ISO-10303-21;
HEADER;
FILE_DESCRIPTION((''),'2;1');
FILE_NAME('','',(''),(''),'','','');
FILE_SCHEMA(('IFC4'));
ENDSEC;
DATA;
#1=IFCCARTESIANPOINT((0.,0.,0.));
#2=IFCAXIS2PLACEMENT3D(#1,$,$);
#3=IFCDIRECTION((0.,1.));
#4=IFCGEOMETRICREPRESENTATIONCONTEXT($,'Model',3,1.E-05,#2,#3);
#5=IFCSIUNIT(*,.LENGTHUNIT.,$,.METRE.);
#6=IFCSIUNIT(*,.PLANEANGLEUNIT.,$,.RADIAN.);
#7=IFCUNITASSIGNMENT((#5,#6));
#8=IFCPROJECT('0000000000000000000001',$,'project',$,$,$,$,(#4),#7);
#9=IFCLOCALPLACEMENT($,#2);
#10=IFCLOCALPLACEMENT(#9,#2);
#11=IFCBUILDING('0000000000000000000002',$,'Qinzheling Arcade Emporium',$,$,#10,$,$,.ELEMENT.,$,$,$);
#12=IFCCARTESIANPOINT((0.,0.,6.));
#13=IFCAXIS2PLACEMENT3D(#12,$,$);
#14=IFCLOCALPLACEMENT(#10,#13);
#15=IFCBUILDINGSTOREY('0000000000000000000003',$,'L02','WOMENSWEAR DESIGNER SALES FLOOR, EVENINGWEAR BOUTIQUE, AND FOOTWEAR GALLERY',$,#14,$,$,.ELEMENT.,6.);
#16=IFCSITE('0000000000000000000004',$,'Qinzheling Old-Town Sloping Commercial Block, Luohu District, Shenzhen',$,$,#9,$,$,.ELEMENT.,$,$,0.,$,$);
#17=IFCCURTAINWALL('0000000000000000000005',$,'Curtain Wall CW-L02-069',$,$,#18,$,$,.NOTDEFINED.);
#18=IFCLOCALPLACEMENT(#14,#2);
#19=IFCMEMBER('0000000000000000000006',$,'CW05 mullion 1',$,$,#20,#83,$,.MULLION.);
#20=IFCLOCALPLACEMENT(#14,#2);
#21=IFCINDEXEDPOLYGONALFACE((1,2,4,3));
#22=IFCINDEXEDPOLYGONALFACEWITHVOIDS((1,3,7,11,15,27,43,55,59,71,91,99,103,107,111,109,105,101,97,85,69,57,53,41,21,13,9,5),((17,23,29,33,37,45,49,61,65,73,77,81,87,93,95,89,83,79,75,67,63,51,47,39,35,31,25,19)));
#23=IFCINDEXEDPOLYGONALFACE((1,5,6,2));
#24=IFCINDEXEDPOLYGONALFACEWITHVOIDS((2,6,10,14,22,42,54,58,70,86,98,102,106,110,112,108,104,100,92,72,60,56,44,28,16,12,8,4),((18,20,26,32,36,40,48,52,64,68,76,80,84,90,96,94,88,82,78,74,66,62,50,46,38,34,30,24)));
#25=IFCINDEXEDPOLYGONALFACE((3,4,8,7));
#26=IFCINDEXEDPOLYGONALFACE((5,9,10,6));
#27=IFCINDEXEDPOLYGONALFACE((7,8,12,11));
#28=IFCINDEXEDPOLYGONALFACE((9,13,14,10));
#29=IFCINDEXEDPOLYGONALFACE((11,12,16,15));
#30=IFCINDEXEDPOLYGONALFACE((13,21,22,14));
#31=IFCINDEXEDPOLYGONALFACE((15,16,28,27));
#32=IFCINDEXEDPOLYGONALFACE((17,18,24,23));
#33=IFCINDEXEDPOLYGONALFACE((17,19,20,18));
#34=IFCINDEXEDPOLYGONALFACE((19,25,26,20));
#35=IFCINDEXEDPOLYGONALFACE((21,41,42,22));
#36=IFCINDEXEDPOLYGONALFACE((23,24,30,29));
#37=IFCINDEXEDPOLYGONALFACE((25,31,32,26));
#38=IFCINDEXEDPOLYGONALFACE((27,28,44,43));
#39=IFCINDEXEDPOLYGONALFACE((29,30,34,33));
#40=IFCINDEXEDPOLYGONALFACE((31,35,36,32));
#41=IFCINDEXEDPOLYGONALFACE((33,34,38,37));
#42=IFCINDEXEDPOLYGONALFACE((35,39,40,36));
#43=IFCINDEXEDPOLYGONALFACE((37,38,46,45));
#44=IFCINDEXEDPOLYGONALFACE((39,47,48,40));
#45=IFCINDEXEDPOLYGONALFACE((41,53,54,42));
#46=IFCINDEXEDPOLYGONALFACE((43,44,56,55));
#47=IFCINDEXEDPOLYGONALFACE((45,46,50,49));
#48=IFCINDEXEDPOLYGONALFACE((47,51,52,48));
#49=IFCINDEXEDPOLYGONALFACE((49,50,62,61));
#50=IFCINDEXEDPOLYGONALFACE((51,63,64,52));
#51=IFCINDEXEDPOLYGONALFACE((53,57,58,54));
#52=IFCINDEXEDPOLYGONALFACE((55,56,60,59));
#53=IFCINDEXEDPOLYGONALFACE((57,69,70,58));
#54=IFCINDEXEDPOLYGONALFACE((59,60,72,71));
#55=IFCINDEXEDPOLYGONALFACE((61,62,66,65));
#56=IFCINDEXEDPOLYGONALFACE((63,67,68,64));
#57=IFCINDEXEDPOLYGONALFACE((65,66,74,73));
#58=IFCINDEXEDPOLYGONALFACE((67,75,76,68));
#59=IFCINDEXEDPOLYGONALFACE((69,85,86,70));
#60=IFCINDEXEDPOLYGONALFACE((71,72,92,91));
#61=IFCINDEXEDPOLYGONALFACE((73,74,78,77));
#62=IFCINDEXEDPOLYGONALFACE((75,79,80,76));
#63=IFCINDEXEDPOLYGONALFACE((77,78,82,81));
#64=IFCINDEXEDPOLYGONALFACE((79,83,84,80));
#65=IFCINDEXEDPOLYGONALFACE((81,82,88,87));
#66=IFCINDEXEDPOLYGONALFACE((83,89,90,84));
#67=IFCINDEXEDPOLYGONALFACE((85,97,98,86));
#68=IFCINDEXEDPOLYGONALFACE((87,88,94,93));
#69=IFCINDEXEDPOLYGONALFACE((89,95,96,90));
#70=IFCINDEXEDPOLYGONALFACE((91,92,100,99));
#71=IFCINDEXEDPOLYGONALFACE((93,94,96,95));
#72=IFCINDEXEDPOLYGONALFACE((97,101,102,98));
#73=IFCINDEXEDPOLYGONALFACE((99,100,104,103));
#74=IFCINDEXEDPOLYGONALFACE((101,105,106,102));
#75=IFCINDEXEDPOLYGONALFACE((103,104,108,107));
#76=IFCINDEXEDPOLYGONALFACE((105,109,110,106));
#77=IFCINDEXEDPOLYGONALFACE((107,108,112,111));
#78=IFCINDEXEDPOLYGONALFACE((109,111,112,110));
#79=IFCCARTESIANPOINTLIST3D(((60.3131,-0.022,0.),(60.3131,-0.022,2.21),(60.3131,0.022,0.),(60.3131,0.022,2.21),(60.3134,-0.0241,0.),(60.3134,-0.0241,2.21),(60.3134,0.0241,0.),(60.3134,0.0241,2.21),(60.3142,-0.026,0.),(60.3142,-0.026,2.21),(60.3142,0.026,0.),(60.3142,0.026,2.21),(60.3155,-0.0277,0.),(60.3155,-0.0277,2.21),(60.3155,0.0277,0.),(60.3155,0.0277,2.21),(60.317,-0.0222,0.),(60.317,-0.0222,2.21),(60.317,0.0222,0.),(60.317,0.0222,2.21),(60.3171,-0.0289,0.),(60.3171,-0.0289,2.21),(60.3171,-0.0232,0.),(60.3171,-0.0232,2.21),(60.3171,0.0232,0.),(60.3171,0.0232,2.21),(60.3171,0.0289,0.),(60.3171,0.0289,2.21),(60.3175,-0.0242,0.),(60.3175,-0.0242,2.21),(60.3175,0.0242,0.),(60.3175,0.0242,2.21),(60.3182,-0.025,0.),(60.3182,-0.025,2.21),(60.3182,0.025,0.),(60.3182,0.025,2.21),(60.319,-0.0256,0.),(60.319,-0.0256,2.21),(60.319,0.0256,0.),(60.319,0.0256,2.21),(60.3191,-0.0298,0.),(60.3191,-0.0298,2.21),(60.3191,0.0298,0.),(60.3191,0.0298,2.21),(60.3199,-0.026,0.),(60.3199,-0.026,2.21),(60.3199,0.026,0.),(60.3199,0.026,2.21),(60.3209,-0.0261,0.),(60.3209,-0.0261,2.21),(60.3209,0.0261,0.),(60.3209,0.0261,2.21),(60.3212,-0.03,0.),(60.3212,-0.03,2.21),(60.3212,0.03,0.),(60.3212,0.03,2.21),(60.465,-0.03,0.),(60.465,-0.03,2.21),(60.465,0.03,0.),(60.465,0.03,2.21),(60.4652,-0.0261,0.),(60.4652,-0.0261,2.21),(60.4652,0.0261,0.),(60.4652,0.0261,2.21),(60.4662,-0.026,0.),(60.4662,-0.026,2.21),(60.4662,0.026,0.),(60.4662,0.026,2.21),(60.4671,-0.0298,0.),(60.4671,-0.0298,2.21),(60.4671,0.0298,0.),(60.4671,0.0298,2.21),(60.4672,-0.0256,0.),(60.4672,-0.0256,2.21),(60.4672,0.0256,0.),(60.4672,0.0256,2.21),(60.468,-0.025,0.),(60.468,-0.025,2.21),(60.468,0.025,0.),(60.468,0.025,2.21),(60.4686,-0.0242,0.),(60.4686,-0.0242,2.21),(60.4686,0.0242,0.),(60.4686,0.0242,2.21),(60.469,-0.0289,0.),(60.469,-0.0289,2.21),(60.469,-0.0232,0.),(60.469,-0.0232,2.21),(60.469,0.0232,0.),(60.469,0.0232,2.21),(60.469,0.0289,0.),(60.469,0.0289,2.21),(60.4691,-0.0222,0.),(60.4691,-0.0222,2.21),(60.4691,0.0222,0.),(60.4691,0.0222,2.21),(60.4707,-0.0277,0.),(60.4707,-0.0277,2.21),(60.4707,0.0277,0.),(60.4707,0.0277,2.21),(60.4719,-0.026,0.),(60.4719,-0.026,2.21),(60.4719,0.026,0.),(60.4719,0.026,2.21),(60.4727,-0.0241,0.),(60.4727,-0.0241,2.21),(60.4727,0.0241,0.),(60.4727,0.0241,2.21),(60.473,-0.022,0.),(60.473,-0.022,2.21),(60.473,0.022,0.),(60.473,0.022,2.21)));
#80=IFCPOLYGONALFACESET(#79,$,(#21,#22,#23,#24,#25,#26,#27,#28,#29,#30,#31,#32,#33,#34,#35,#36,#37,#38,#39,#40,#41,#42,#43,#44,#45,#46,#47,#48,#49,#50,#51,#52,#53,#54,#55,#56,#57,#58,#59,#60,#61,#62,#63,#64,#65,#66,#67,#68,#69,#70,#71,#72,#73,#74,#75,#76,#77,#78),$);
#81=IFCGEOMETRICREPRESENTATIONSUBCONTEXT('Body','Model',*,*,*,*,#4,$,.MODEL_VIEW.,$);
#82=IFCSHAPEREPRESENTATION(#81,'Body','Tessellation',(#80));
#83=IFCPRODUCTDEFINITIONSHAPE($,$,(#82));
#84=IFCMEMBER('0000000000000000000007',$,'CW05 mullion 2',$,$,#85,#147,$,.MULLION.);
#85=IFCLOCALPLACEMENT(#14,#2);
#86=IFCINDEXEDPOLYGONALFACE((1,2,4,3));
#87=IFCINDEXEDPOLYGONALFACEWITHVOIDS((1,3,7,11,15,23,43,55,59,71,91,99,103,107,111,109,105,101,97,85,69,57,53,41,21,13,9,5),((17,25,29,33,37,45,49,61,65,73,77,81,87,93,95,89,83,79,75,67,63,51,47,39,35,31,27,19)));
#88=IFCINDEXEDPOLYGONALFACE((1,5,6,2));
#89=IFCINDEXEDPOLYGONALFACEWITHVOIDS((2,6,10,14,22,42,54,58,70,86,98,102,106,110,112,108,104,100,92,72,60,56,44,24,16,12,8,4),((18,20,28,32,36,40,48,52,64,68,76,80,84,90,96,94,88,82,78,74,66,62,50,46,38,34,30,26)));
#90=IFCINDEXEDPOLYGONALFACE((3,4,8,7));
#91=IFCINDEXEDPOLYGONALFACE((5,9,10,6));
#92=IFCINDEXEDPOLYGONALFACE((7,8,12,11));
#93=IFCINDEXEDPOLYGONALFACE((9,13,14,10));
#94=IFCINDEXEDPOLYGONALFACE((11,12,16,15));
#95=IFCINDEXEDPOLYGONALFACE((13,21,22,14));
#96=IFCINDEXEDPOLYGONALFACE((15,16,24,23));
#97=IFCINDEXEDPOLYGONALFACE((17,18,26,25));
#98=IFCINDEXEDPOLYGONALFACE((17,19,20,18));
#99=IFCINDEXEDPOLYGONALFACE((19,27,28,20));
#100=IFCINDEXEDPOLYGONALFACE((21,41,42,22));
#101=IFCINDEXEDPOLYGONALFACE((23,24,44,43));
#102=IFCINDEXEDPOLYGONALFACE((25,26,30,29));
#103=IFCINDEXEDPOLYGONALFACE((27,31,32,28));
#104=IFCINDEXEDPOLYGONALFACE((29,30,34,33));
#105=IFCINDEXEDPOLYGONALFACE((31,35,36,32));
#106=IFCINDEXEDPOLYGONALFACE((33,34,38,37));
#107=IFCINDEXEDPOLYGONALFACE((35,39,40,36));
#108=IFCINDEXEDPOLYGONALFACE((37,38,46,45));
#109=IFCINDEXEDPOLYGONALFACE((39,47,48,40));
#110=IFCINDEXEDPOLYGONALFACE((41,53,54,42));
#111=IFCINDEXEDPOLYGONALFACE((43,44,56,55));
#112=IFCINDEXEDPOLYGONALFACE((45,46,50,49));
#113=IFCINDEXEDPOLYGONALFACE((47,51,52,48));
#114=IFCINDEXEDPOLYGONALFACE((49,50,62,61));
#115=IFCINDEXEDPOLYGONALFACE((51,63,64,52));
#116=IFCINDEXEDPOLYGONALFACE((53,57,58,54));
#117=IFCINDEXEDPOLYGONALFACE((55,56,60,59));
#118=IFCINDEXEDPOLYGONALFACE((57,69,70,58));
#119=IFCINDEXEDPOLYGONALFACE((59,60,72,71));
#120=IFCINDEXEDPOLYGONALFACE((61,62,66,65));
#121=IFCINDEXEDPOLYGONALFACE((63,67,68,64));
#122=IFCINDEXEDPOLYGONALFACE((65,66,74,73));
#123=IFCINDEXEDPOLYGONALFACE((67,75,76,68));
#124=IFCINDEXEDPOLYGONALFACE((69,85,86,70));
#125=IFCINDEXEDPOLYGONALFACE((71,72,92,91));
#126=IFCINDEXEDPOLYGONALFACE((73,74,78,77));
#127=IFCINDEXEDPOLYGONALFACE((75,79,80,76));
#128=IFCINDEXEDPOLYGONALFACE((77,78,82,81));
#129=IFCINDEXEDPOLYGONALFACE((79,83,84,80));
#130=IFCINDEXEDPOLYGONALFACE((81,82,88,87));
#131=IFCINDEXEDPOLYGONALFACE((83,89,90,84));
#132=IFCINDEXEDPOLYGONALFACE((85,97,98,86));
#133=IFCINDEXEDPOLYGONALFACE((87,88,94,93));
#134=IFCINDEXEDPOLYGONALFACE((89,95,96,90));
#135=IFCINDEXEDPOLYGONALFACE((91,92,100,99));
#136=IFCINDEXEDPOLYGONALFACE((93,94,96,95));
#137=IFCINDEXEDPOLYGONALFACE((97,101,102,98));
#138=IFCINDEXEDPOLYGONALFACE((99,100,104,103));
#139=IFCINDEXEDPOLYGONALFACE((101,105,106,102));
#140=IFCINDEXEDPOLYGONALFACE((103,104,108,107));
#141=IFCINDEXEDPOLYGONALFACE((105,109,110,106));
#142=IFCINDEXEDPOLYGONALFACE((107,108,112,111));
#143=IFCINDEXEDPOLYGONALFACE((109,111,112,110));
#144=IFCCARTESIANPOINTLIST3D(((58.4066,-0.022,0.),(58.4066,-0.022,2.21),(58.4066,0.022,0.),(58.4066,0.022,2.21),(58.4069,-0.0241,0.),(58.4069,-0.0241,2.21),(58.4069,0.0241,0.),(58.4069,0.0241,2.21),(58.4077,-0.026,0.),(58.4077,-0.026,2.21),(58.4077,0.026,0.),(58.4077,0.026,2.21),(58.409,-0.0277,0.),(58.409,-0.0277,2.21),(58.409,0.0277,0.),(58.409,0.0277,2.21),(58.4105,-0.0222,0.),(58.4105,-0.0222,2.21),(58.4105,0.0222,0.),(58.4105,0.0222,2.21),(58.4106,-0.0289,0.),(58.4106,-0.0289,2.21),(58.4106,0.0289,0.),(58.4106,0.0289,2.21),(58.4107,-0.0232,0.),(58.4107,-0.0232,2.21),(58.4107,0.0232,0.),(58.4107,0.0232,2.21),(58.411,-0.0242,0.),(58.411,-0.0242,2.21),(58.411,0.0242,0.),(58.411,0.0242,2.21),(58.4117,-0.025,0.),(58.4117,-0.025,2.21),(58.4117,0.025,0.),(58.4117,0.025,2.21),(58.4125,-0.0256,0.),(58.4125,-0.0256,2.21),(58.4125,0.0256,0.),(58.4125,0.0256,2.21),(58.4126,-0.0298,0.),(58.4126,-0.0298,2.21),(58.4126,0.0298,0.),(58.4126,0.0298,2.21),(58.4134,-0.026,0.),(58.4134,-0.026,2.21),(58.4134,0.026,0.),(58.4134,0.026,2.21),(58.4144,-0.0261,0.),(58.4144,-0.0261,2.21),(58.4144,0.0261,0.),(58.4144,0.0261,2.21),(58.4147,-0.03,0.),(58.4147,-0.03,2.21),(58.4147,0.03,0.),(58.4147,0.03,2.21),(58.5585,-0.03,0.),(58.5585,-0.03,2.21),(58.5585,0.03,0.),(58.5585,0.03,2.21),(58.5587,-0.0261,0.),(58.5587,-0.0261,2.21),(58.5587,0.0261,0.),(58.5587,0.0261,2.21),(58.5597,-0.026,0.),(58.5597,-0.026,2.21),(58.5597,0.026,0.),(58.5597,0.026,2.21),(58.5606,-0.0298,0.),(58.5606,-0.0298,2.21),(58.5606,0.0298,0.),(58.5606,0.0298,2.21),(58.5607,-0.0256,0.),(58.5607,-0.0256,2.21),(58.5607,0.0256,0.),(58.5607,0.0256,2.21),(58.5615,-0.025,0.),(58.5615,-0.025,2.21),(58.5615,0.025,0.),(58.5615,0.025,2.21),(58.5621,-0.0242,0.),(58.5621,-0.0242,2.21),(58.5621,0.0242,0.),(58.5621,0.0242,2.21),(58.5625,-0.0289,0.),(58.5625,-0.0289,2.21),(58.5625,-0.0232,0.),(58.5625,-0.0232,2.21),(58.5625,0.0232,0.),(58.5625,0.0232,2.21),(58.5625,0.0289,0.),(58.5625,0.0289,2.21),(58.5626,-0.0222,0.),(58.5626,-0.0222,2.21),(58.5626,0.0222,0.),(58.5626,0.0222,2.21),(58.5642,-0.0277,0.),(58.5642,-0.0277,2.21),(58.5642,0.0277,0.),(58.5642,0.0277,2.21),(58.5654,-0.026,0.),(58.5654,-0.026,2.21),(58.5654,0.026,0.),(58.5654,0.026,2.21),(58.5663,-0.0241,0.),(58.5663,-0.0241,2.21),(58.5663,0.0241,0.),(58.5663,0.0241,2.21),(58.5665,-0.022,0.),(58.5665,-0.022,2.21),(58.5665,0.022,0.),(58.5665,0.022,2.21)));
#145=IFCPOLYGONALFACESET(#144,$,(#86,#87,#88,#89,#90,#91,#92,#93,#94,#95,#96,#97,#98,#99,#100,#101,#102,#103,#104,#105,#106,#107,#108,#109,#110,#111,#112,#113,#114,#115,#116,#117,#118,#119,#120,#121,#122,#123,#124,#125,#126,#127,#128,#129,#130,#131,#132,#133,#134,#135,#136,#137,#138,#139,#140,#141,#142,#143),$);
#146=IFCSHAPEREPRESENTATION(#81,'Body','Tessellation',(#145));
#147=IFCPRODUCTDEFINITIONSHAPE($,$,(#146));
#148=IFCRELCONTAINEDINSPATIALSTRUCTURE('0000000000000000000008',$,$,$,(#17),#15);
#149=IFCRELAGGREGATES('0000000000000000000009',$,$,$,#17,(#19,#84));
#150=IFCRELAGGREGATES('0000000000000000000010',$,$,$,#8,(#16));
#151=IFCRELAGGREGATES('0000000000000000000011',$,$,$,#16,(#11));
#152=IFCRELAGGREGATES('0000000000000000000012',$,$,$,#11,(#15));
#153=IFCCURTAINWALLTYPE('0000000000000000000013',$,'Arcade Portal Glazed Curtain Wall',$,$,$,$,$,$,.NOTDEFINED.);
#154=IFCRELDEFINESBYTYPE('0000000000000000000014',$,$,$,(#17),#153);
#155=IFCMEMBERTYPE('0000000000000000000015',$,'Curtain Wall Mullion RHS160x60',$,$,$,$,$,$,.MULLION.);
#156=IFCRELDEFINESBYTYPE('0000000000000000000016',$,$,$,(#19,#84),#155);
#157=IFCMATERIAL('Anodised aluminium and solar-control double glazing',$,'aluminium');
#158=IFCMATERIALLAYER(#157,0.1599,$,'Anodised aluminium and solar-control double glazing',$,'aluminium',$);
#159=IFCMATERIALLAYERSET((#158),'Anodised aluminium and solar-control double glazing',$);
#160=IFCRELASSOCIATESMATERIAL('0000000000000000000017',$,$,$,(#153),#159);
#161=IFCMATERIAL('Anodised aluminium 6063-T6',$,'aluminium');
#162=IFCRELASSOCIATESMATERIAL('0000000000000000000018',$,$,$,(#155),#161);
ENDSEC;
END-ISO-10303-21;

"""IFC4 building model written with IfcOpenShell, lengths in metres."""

from ifc_helpers import new_model, si_unit, direction, frame, origin, origin_2d, place, context, subcontext, project, spatial, hollow_rectangle, extrude, material, layer, layer_set, material_profile, profile_set, type_object, element, aggregate, save


model = new_model("IFC4")

# Units and contexts
model_context = context("Model", 3, precision=1e-05, world=origin(), true_north=direction((0.0, 1.0)))
body_context = subcontext(model_context, "Body", "Model", "MODEL_VIEW")
ifc_project = project(units=[si_unit("LENGTHUNIT", "METRE"), si_unit("PLANEANGLEUNIT", "RADIAN")], contexts=[model_context])

# Site, building, storey
site_placement = place(None, origin())
site = spatial("IfcSite", under=ifc_project, at=site_placement, Name="Qinzheling Old-Town Sloping Commercial Block, Luohu District, Shenzhen", CompositionType="ELEMENT", RefElevation=0.0)
building_placement = place(site_placement, origin())
building = spatial("IfcBuilding", under=site, at=building_placement, Name="Qinzheling Arcade Emporium", CompositionType="ELEMENT")
storey_placement = place(building_placement, frame((0.0, 0.0, 6.0)))
storey = spatial("IfcBuildingStorey", under=building, at=storey_placement, Name="L02", Description="WOMENSWEAR DESIGNER SALES FLOOR, EVENINGWEAR BOUTIQUE, AND FOOTWEAR GALLERY", CompositionType="ELEMENT", Elevation=6.0)

# Curtain wall, members
ifc_material_1 = material(Name="Anodised aluminium and solar-control double glazing", Category="aluminium")
ifc_layer_1 = layer(ifc_material_1, 0.1599, Name="Anodised aluminium and solar-control double glazing", Category="aluminium")
ifc_layer_set_1 = layer_set([ifc_layer_1], Name="Anodised aluminium and solar-control double glazing")
curtain_wall_type = type_object("IfcCurtainWallType", Name="Arcade Portal Glazed Curtain Wall", PredefinedType="NOTDEFINED", material=ifc_layer_set_1)
curtain_wall_placement = place(storey_placement, origin())
curtain_wall = element("IfcCurtainWall", 1, at=curtain_wall_placement, inside=storey, type_object=curtain_wall_type, Name="Curtain Wall CW-L02-069", PredefinedType="NOTDEFINED")
ifc_material_2 = material(Name="Anodised aluminium 6063-T6", Category="aluminium")
ifc_material_profile_1 = material_profile(ifc_material_2, hollow_rectangle(XDim=0.0601, YDim=0.1599, WallThickness=0.0039, InnerFilletRadius=0.0039, OuterFilletRadius=0.0081, at=origin_2d()), Name="RHS 160x60x4", Category="aluminium")
ifc_profile_set_1 = profile_set([ifc_material_profile_1], Name="Anodised aluminium 6063-T6")
member_type_1 = type_object("IfcMemberType", Name="Curtain Wall Mullion RHS160x60", PredefinedType="MULLION", material=ifc_profile_set_1)
member_1_placement = place(storey_placement, frame((60.3931, 0.0, 0.0), z_axis=(0.0, 0.0, 1.0), x_axis=(0.0, -1.0, 0.0)))
member_1 = element("IfcMember", 2, at=member_1_placement, type_object=member_type_1, Name="CW05 mullion 1", PredefinedType="MULLION", context=body_context, shape_type="SweptSolid", body=[
    extrude(hollow_rectangle(XDim=0.0601, YDim=0.1599, WallThickness=0.0039, InnerFilletRadius=0.0039, OuterFilletRadius=0.0081, at=origin_2d()), origin(), (0.0, 0.0, 1.0), 2.21),
])
member_2_placement = place(storey_placement, frame((58.4866, 0.0, 0.0), z_axis=(0.0, 0.0, 1.0), x_axis=(0.0, -1.0, 0.0)))
member_2 = element("IfcMember", 3, at=member_2_placement, type_object=member_type_1, Name="CW05 mullion 2", PredefinedType="MULLION", context=body_context, shape_type="SweptSolid", body=[
    extrude(hollow_rectangle(XDim=0.0601, YDim=0.1599, WallThickness=0.0039, InnerFilletRadius=0.0039, OuterFilletRadius=0.0081, at=origin_2d()), origin(), (0.0, 0.0, 1.0), 2.21),
])

aggregate(curtain_wall, [member_1, member_2])

save(model, "model.ifc")
